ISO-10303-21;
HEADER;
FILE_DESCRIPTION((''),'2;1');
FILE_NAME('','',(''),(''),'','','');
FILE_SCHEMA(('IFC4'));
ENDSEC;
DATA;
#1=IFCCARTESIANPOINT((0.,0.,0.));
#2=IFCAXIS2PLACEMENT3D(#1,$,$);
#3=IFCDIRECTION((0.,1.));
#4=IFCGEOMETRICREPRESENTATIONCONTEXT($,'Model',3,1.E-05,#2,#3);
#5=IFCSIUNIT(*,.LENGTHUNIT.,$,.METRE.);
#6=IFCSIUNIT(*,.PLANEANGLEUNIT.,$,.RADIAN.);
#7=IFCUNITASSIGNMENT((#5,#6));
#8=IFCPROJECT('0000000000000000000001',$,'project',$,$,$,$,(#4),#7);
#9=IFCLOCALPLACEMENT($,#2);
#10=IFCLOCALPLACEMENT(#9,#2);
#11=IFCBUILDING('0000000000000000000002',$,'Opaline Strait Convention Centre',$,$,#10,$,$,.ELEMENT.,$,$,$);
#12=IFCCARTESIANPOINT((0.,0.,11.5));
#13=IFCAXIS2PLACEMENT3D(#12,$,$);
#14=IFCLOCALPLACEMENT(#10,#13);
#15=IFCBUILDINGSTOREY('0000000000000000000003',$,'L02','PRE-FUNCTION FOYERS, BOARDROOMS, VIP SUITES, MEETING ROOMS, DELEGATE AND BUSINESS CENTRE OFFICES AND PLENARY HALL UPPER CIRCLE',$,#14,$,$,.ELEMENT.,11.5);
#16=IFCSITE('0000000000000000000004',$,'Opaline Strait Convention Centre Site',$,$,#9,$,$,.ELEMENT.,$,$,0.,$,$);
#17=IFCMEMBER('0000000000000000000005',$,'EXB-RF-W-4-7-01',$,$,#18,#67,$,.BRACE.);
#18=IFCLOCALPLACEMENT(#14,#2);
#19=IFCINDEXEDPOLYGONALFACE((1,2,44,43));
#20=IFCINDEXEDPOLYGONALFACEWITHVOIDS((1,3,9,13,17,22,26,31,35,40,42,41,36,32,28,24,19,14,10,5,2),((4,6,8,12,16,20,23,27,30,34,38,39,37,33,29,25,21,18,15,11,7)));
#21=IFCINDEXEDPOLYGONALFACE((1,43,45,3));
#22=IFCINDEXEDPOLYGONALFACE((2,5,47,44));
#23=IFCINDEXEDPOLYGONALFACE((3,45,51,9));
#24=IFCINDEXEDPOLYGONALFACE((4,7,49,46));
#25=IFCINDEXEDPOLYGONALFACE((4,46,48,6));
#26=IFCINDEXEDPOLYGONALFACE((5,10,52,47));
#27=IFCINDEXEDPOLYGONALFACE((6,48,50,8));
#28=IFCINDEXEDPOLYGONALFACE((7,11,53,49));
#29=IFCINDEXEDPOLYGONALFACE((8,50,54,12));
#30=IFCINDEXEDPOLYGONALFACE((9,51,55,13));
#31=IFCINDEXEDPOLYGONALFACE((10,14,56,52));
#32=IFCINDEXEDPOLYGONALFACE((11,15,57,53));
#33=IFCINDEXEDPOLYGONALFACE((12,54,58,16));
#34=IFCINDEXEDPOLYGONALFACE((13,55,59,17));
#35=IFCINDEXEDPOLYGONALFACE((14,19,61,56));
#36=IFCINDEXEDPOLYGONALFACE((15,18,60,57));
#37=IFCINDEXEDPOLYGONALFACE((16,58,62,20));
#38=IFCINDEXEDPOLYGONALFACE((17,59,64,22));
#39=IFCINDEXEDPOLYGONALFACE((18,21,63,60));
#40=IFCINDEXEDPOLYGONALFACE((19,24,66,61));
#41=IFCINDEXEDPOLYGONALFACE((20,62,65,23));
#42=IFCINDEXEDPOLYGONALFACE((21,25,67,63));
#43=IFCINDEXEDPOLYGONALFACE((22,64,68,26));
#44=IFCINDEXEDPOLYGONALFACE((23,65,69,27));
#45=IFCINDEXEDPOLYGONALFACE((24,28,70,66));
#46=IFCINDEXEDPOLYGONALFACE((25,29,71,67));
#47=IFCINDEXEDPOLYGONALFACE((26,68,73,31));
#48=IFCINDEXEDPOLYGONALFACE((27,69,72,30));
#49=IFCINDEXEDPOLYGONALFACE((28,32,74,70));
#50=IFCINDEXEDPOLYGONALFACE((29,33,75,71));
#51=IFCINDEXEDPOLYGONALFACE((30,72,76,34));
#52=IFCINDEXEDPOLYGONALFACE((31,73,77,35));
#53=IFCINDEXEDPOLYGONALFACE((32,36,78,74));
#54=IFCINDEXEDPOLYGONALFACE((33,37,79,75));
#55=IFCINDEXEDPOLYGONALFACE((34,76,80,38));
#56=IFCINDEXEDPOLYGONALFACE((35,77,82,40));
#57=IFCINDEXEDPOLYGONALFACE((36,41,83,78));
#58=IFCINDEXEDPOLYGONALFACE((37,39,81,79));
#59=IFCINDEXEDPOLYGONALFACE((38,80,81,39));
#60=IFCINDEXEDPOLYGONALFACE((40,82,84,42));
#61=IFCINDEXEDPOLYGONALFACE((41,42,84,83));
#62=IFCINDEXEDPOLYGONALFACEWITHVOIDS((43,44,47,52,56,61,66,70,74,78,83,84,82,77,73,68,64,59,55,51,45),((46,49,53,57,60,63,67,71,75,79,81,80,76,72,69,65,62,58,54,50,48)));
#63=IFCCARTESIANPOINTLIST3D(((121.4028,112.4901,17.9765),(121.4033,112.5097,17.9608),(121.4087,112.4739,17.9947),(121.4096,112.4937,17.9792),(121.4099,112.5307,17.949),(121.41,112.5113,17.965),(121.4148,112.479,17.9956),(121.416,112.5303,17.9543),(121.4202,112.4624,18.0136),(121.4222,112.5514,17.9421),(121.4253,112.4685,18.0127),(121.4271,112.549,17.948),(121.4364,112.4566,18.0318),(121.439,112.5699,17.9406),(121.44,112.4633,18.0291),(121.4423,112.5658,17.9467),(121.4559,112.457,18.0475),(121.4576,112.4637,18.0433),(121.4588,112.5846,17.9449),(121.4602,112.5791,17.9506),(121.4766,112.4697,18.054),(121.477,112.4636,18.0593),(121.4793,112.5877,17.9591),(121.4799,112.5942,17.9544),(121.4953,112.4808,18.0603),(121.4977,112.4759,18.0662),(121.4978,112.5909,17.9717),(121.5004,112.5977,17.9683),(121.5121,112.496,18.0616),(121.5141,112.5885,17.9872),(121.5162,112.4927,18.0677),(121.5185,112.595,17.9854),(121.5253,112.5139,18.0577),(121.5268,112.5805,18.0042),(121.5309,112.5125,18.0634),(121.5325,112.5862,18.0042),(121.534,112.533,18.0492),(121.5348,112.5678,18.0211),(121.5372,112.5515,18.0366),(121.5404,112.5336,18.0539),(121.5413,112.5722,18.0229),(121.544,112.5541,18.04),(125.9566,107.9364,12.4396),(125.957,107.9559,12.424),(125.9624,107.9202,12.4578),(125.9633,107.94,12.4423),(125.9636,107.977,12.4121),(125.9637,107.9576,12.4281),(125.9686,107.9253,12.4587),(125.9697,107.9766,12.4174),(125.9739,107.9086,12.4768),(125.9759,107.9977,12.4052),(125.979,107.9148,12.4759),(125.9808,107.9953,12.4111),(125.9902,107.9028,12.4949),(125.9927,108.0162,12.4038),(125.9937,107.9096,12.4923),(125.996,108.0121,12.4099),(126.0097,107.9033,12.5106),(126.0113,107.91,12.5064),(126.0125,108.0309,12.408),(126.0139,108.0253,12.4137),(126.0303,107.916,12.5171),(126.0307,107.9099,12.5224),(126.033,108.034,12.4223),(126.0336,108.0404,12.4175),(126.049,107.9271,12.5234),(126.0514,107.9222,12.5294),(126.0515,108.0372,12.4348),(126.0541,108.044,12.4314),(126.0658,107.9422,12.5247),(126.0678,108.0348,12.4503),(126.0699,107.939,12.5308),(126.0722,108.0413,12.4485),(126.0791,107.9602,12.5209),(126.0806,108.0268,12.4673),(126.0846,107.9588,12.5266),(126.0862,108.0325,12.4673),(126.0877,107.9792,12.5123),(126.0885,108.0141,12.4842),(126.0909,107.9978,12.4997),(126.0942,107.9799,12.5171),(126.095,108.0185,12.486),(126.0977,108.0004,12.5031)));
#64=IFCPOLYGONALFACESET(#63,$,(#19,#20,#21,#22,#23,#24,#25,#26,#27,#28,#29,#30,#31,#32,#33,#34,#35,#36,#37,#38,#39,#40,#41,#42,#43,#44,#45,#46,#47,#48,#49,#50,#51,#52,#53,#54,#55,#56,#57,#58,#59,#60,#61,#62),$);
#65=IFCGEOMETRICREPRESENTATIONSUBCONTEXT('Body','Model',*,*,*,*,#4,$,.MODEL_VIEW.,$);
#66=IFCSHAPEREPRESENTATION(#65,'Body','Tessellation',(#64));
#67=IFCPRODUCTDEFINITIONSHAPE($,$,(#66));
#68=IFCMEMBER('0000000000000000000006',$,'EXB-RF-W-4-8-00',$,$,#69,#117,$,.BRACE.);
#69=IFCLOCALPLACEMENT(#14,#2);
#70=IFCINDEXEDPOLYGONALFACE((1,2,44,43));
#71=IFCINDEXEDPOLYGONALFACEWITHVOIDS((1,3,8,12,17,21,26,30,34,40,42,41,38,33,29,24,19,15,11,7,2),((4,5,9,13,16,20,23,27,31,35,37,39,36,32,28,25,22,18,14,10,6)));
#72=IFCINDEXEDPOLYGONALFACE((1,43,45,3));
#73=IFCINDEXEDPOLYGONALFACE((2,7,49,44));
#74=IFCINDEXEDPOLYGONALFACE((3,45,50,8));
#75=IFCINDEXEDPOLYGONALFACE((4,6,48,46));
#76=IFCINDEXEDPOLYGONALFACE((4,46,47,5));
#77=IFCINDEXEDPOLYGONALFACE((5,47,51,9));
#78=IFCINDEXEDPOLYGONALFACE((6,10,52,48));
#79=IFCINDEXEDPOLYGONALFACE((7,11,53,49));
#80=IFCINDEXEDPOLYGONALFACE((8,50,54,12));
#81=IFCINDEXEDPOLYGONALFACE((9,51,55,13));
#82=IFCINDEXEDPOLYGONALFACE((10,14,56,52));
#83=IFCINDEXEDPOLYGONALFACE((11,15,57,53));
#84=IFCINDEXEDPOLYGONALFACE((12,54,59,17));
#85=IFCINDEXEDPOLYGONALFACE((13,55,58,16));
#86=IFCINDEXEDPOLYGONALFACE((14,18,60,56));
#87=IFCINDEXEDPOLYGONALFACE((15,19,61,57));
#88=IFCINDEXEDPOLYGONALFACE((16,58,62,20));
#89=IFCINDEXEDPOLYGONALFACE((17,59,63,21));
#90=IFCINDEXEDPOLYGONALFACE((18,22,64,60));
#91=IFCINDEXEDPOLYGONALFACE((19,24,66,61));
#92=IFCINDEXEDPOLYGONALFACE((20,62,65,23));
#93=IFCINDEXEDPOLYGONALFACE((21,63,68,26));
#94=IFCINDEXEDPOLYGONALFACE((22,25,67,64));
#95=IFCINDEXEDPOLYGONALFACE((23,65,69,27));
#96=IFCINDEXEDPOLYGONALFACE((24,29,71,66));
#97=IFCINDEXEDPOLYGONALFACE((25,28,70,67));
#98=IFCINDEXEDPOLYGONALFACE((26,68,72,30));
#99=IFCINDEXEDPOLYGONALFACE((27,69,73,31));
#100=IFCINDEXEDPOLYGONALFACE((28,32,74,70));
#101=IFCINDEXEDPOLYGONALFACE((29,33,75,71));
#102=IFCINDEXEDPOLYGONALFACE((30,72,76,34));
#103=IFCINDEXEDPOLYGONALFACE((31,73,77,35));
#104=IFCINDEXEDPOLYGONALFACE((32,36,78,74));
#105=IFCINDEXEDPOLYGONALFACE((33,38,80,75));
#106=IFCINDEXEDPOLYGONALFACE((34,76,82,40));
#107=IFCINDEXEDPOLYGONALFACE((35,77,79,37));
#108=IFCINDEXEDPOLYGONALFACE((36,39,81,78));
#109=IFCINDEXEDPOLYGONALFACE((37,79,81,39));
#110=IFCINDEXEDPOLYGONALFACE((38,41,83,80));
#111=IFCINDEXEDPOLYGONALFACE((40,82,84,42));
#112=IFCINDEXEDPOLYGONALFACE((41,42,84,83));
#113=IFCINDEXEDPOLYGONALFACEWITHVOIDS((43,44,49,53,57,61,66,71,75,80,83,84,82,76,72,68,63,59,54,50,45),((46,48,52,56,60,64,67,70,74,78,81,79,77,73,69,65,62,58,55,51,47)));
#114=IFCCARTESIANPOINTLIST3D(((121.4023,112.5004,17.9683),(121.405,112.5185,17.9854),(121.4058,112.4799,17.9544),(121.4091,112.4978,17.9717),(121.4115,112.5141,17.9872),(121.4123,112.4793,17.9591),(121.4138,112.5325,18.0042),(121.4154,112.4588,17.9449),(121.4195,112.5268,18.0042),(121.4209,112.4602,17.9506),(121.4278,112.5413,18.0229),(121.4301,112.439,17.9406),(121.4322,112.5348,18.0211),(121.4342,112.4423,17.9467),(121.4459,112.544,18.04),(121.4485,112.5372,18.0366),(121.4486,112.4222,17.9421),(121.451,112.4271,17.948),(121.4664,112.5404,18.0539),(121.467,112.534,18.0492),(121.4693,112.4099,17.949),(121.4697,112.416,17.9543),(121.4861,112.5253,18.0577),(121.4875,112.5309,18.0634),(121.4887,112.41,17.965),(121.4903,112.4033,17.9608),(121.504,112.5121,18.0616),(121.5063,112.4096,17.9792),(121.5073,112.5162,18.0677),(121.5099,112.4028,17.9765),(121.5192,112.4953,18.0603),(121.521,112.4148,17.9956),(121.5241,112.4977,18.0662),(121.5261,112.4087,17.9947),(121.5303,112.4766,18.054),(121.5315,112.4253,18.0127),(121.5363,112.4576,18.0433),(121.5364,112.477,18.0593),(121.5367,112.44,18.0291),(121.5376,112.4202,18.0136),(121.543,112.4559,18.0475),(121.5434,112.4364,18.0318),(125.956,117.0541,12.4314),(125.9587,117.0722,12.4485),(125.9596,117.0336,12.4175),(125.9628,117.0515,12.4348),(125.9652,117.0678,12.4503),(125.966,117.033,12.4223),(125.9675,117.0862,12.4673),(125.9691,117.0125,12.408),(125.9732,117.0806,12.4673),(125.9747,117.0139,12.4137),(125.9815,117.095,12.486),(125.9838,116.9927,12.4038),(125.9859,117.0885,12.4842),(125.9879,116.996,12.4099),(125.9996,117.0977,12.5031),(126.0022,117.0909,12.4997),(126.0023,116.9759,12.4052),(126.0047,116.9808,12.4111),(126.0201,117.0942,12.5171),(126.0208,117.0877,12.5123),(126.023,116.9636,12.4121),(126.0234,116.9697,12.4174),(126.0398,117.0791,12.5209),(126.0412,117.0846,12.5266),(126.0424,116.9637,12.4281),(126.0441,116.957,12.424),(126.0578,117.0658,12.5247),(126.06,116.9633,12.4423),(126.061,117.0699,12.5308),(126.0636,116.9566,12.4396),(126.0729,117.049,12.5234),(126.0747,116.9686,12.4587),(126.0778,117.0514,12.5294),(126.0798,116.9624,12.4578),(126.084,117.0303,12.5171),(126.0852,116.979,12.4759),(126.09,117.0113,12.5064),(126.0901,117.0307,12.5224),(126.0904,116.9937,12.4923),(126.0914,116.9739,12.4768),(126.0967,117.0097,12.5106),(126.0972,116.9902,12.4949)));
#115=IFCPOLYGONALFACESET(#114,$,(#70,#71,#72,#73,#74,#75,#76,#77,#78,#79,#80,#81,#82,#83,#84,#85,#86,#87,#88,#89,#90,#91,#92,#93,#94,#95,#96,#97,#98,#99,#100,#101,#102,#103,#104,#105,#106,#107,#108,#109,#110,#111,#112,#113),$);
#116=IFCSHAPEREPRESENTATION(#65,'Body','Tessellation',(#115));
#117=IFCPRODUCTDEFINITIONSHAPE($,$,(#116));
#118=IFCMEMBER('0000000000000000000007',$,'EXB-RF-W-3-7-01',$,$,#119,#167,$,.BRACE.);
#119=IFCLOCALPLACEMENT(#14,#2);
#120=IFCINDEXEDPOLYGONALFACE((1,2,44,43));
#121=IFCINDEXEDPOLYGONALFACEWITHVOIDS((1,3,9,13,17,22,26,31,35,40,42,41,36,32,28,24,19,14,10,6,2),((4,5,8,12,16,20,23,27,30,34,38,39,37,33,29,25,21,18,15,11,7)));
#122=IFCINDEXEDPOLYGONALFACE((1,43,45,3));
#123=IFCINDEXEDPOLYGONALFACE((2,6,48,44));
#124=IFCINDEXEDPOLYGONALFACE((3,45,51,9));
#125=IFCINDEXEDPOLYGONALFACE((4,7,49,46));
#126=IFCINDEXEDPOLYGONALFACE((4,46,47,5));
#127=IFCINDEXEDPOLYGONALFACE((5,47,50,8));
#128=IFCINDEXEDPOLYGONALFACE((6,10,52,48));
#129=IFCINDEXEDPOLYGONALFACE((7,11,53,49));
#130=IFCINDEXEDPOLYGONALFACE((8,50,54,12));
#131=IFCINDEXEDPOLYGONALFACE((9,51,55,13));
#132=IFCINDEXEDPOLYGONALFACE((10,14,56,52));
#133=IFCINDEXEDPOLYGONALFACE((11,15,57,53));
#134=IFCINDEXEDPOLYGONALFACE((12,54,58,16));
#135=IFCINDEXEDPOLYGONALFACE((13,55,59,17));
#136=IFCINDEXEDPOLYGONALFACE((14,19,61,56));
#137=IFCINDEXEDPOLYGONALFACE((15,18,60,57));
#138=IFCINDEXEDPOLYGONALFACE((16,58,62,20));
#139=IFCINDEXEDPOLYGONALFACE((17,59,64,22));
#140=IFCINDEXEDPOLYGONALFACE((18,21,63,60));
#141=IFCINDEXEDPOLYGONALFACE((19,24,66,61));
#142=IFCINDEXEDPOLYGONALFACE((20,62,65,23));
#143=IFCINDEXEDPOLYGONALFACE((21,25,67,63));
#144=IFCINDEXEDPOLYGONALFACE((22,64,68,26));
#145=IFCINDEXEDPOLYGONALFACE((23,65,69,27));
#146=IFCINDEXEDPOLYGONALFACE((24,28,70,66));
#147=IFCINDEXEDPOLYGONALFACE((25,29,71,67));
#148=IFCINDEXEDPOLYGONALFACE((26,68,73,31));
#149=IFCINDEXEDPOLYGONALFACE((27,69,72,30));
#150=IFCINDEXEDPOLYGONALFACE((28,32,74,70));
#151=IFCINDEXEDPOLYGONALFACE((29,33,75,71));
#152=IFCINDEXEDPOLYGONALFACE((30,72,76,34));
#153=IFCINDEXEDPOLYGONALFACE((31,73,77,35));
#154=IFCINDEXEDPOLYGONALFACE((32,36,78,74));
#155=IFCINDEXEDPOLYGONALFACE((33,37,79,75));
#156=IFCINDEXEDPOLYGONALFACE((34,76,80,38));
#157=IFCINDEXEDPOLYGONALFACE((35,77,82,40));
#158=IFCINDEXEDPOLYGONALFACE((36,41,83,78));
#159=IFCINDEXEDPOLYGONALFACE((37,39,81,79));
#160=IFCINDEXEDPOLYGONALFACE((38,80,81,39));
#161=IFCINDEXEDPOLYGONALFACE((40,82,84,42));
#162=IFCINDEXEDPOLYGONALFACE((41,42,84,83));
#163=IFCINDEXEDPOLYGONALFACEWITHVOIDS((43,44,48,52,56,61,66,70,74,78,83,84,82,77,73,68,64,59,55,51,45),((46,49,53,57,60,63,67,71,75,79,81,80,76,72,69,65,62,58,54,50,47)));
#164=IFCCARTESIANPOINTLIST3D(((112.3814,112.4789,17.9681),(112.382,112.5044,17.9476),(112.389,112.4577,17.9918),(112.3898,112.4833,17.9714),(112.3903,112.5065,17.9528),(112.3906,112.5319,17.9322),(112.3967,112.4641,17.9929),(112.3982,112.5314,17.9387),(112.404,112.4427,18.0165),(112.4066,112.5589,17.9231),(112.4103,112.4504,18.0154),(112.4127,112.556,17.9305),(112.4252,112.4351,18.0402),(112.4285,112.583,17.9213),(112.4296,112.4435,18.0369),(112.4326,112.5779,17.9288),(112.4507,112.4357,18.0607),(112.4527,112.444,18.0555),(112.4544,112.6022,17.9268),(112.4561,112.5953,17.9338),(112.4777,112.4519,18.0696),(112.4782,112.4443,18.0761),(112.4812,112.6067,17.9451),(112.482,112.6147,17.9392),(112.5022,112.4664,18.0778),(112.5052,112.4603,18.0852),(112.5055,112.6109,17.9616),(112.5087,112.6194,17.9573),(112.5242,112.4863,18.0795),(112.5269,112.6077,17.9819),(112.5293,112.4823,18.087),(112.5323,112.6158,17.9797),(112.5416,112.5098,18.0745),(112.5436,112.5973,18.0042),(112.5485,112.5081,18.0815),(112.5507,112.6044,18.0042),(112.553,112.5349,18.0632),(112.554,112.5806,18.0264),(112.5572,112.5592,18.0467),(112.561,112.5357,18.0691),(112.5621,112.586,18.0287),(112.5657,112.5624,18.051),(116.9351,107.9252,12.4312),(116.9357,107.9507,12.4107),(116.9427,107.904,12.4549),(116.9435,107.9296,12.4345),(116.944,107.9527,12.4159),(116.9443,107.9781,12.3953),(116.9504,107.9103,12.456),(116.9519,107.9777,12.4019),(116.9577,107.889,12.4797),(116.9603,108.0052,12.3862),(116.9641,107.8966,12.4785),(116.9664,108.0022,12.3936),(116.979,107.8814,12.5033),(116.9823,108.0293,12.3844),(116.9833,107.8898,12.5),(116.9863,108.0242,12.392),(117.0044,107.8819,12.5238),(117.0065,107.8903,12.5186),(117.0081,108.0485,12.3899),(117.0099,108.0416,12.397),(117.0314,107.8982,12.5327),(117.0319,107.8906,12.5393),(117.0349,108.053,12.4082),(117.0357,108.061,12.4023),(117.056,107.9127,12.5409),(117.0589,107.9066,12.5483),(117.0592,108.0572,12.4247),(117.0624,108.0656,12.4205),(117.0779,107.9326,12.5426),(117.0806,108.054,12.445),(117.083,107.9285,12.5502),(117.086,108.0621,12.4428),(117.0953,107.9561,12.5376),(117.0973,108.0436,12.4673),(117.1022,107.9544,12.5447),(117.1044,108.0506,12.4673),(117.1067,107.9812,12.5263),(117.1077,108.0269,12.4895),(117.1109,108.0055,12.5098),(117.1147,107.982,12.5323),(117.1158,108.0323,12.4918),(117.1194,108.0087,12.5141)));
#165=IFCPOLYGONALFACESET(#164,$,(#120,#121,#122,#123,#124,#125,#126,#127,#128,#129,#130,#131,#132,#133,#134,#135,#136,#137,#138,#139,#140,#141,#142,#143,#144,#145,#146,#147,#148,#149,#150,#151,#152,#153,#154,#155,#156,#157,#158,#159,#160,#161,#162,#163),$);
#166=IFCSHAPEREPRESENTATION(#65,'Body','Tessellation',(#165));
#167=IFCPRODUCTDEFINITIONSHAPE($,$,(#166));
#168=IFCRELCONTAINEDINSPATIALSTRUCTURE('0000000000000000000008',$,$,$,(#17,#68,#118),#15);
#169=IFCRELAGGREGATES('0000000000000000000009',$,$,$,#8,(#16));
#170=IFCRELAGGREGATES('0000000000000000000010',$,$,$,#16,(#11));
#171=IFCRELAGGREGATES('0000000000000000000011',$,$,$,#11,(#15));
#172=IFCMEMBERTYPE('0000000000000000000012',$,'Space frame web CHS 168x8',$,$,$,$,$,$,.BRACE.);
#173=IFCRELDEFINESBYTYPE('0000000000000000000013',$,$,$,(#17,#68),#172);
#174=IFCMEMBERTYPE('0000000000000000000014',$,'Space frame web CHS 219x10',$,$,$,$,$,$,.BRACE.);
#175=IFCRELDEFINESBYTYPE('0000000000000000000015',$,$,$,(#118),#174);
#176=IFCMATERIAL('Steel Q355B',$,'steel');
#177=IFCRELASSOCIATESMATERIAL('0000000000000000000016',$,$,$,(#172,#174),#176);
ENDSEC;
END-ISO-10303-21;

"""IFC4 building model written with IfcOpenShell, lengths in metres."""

from ifc_helpers import new_model, si_unit, direction, frame, origin, origin_2d, place, context, subcontext, project, spatial, hollow_circle, extrude, material, material_profile, profile_set, type_object, element, save


model = new_model("IFC4")

# Units and contexts
model_context = context("Model", 3, precision=1e-05, world=origin(), true_north=direction((0.0, 1.0)))
body_context = subcontext(model_context, "Body", "Model", "MODEL_VIEW")
ifc_project = project(units=[si_unit("LENGTHUNIT", "METRE"), si_unit("PLANEANGLEUNIT", "RADIAN")], contexts=[model_context])

# Site, building, storey
site_placement = place(None, origin())
site = spatial("IfcSite", under=ifc_project, at=site_placement, Name="Opaline Strait Convention Centre Site", CompositionType="ELEMENT", RefElevation=0.0)
building_placement = place(site_placement, origin())
building = spatial("IfcBuilding", under=site, at=building_placement, Name="Opaline Strait Convention Centre", CompositionType="ELEMENT")
storey_placement = place(building_placement, frame((0.0, 0.0, 11.5)))
storey = spatial("IfcBuildingStorey", under=building, at=storey_placement, Name="L02", Description="PRE-FUNCTION FOYERS, BOARDROOMS, VIP SUITES, MEETING ROOMS, DELEGATE AND BUSINESS CENTRE OFFICES AND PLENARY HALL UPPER CIRCLE", CompositionType="ELEMENT", Elevation=11.5)

# Members
ifc_material = material(Name="Steel Q355B", Category="steel")
ifc_material_profile_1 = material_profile(ifc_material, hollow_circle(Radius=0.084, WallThickness=0.0081, at=origin_2d()), Name="CHS 168x8")
ifc_profile_set_1 = profile_set([ifc_material_profile_1], Name="Steel Q355B")
member_type_1 = type_object("IfcMemberType", Name="Space frame web CHS 168x8", PredefinedType="BRACE", material=ifc_profile_set_1)
for number, where, z_axis, x_axis, name in (
    (1, (121.4731, 112.5269, 18.0042), (0.536178, -0.536178, -0.65194), (0.707107, 0.707107, 0.0), "EXB-RF-W-4-7-01"),
    (2, (121.4731, 112.4731, 18.0042), (0.536178, 0.536178, -0.65194), (-0.707107, 0.707107, 0.0), "EXB-RF-W-4-8-00"),
):
    element("IfcMember", number, at=place(storey_placement, frame(where, z_axis=z_axis, x_axis=x_axis)), inside=storey, type_object=member_type_1, Name=name, PredefinedType="BRACE", context=body_context, shape_type="SweptSolid", body=[
        extrude(hollow_circle(Radius=0.084, WallThickness=0.0081, at=origin_2d()), origin(), (0.0, 0.0, 1.0), 8.4929),
    ])
ifc_material_profile_2 = material_profile(ifc_material, hollow_circle(Radius=0.1096, WallThickness=0.01, at=origin_2d()), Name="CHS 219x10")
ifc_profile_set_2 = profile_set([ifc_material_profile_2], Name="Steel Q355B")
member_type_2 = type_object("IfcMemberType", Name="Space frame web CHS 219x10", PredefinedType="BRACE", material=ifc_profile_set_2)
for number, where, z_axis, x_axis, name in (
    (3, (112.4731, 112.5269, 18.0042), (0.536178, -0.536178, -0.65194), (0.707107, 0.707107, 0.0), "EXB-RF-W-3-7-01"),
):
    element("IfcMember", number, at=place(storey_placement, frame(where, z_axis=z_axis, x_axis=x_axis)), inside=storey, type_object=member_type_2, Name=name, PredefinedType="BRACE", context=body_context, shape_type="SweptSolid", body=[
        extrude(hollow_circle(Radius=0.1096, WallThickness=0.01, at=origin_2d()), origin(), (0.0, 0.0, 1.0), 8.4929),
    ])

save(model, "model.ifc")
